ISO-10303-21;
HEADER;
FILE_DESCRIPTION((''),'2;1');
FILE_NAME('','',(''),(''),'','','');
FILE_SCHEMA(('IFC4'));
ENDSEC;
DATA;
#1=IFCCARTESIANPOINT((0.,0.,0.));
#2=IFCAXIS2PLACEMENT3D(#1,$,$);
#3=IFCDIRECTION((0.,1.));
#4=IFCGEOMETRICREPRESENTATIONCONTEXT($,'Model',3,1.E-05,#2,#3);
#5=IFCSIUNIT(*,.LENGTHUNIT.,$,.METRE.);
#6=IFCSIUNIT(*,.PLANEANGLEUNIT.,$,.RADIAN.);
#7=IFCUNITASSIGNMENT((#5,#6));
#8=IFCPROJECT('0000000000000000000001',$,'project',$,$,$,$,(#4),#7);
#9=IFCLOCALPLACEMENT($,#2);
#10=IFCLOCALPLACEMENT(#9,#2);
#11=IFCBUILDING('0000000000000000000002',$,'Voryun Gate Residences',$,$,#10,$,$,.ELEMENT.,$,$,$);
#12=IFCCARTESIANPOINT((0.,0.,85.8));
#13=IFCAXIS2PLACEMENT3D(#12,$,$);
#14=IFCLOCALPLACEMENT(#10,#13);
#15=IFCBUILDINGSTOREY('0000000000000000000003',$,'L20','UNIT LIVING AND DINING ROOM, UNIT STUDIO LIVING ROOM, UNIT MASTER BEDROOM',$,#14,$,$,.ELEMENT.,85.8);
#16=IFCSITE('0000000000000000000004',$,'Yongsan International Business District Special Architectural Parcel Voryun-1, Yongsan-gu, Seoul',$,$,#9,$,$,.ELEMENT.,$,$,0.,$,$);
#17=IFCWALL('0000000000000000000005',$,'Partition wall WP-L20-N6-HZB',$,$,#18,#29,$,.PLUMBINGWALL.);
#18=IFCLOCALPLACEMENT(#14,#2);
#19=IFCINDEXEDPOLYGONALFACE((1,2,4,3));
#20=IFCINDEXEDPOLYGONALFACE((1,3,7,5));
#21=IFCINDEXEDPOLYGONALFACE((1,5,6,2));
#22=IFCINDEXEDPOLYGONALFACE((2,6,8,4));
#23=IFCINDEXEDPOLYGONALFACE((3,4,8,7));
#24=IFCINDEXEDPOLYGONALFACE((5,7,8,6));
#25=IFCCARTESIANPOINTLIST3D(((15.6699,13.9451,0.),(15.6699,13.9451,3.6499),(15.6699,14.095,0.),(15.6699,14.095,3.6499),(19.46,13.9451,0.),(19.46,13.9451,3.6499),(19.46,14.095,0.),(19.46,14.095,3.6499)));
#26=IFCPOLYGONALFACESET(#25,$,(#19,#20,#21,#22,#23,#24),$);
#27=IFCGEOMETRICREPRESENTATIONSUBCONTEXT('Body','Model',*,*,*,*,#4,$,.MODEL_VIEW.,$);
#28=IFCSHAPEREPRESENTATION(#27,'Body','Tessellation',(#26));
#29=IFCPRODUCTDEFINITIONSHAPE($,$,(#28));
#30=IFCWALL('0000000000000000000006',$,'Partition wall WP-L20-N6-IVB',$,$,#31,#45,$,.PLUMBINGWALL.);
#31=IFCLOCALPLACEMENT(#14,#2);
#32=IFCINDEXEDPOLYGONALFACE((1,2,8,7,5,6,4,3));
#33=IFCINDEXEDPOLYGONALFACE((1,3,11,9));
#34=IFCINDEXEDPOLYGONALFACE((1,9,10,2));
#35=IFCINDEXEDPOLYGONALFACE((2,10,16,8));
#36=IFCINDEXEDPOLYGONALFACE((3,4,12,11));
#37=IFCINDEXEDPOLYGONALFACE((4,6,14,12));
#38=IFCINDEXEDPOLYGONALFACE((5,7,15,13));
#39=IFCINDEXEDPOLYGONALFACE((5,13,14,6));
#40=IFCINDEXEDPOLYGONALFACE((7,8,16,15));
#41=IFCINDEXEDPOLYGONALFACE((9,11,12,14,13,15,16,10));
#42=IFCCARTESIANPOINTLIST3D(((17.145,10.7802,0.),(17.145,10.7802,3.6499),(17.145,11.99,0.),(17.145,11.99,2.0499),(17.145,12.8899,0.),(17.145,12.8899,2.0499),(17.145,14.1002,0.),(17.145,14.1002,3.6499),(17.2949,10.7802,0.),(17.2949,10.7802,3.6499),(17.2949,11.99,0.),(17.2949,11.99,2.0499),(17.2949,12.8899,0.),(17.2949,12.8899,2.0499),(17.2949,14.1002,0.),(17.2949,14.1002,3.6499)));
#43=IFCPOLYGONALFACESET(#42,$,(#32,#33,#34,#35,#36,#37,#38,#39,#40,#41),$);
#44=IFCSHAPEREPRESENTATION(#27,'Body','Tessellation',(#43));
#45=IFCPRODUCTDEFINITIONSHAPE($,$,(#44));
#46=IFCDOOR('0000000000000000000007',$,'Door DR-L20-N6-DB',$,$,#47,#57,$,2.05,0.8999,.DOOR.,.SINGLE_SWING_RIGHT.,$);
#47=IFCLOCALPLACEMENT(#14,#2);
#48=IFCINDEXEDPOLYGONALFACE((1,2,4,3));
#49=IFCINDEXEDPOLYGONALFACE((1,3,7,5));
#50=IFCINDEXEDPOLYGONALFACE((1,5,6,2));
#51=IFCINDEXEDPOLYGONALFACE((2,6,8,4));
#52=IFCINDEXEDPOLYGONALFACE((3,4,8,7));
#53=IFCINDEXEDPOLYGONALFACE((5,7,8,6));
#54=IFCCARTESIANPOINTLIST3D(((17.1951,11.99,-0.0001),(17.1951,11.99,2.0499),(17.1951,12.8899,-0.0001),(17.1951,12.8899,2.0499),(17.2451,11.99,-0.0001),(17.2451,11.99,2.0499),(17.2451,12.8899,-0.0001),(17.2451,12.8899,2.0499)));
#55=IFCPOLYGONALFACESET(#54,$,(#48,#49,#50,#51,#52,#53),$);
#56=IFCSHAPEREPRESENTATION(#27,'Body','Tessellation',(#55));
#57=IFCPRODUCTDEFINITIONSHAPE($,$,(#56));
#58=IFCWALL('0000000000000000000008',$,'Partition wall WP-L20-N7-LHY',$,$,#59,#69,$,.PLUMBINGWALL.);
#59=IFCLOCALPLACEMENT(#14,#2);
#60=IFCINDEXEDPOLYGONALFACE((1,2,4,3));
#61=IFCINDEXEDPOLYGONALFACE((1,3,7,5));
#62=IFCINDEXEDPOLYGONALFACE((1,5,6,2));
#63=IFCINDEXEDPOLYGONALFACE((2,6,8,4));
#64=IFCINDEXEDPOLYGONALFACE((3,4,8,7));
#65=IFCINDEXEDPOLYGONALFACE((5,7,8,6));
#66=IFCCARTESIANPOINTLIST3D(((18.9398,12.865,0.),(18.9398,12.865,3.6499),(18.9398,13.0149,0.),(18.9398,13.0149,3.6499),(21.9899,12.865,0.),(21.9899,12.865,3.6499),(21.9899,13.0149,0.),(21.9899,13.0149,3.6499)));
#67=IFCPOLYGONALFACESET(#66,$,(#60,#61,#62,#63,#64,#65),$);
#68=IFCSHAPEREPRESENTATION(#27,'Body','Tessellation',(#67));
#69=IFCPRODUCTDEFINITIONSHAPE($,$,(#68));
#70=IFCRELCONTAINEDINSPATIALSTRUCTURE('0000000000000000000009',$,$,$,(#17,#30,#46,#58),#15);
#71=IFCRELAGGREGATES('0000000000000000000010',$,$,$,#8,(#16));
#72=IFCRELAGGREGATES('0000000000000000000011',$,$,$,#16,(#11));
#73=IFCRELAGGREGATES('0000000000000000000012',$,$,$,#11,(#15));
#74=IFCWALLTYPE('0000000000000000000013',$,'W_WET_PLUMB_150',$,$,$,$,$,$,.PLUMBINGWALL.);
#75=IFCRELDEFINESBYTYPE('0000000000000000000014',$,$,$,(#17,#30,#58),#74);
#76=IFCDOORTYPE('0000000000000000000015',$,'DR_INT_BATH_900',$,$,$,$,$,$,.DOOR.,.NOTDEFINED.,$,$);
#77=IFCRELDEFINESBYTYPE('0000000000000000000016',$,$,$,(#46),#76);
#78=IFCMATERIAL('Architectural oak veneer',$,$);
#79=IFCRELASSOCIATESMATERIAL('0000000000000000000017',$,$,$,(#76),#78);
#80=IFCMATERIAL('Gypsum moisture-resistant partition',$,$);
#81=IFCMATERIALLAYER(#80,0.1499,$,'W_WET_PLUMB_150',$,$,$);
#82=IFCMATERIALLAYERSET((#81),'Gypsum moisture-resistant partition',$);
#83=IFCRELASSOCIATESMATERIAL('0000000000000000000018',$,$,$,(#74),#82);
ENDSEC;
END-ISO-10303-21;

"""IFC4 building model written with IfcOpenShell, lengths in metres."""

from ifc_helpers import new_model, si_unit, direction, frame, frame_2d, origin, place, context, subcontext, project, spatial, rectangle, extrude, material, layer, layer_set, type_object, element, fill, save


model = new_model("IFC4")

# Units and contexts
model_context = context("Model", 3, precision=1e-05, world=origin(), true_north=direction((0.0, 1.0)))
body_context = subcontext(model_context, "Body", "Model", "MODEL_VIEW")
ifc_project = project(units=[si_unit("LENGTHUNIT", "METRE"), si_unit("PLANEANGLEUNIT", "RADIAN")], contexts=[model_context])

# Site, building, storey
site_placement = place(None, origin())
site = spatial("IfcSite", under=ifc_project, at=site_placement, Name="Yongsan International Business District Special Architectural Parcel Voryun-1, Yongsan-gu, Seoul", CompositionType="ELEMENT", RefElevation=0.0)
building_placement = place(site_placement, origin())
building = spatial("IfcBuilding", under=site, at=building_placement, Name="Voryun Gate Residences", CompositionType="ELEMENT")
storey_placement = place(building_placement, frame((0.0, 0.0, 85.8)))
storey = spatial("IfcBuildingStorey", under=building, at=storey_placement, Name="L20", Description="UNIT LIVING AND DINING ROOM, UNIT STUDIO LIVING ROOM, UNIT MASTER BEDROOM", CompositionType="ELEMENT", Elevation=85.8)

# Shared definitions
ifc_material_1 = material(Name="Architectural oak veneer")
door_type = type_object("IfcDoorType", Name="DR_INT_BATH_900", OperationType="NOTDEFINED", PredefinedType="DOOR", material=ifc_material_1)

# Wall
ifc_material_2 = material(Name="Gypsum moisture-resistant partition")
ifc_layer_1 = layer(ifc_material_2, 0.1499, Name="W_WET_PLUMB_150")
ifc_layer_set_1 = layer_set([ifc_layer_1], Name="Gypsum moisture-resistant partition")
wall_type_1 = type_object("IfcWallType", Name="W_WET_PLUMB_150", PredefinedType="PLUMBINGWALL", material=ifc_layer_set_1)
wall_1_placement = place(storey_placement, frame((15.6699, 14.02, 0.0), z_axis=(0.0, 0.0, 1.0), x_axis=(1.0, 0.0, 0.0)))
element("IfcWall", 1, at=wall_1_placement, inside=storey, type_object=wall_type_1, Name="Partition wall WP-L20-N6-HZB", PredefinedType="PLUMBINGWALL", context=body_context, shape_type="SweptSolid", body=[
    extrude(rectangle(XDim=3.79, YDim=0.1499, at=frame_2d((1.895, 0.0))), origin(), (0.0, 0.0, 1.0), 3.6499),
])

# Wall, opening, door
wall_2_placement = place(storey_placement, frame((17.22, 10.78, 0.0), z_axis=(0.0, 0.0, 1.0), x_axis=(0.0, 1.0, 0.0)))
wall_2 = element("IfcWall", 2, at=wall_2_placement, inside=storey, type_object=wall_type_1, Name="Partition wall WP-L20-N6-IVB", PredefinedType="PLUMBINGWALL", context=body_context, shape_type="SweptSolid", body=[
    extrude(rectangle(XDim=3.3201, YDim=0.1499, at=frame_2d((1.6602, 0.0))), origin(), (0.0, 0.0, 1.0), 3.6499),
])
opening_1_placement = place(wall_2_placement, frame((1.21, 0.0, 0.0)))
opening_1 = element("IfcOpeningElement", 3, at=opening_1_placement, cuts=wall_2, PredefinedType="OPENING", context=body_context, shape_type="SweptSolid", body=[
    extrude(rectangle(XDim=0.8999, YDim=2.05, at=frame_2d((0.45, 1.0249))), frame((0.0, 0.085, 0.0), z_axis=(0.0, -1.0, 0.0), x_axis=(1.0, 0.0, 0.0)), (0.0, 0.0, 1.0), 0.1699),
])
door_1_placement = place(opening_1_placement, origin())
door_1 = element("IfcDoor", 4, at=door_1_placement, inside=storey, type_object=door_type, Name="Door DR-L20-N6-DB", OperationType="SINGLE_SWING_RIGHT", OverallHeight=2.05, OverallWidth=0.8999, PredefinedType="DOOR", context=body_context, shape_type="SweptSolid", body=[
    extrude(rectangle(XDim=0.8999, YDim=2.05, at=frame_2d((0.45, 1.0249))), frame((0.0, 0.0249, 0.0), z_axis=(0.0, -1.0, 0.0), x_axis=(1.0, 0.0, 0.0)), (0.0, 0.0, 1.0), 0.05),
])
fill(opening_1, door_1)

# Wall
wall_3_placement = place(storey_placement, frame((18.9399, 12.9399, 0.0), z_axis=(0.0, 0.0, 1.0), x_axis=(1.0, 0.0, 0.0)))
element("IfcWall", 5, at=wall_3_placement, inside=storey, type_object=wall_type_1, Name="Partition wall WP-L20-N7-LHY", PredefinedType="PLUMBINGWALL", context=body_context, shape_type="SweptSolid", body=[
    extrude(rectangle(XDim=3.05, YDim=0.1499, at=frame_2d((1.5249, 0.0))), origin(), (0.0, 0.0, 1.0), 3.6499),
])

save(model, "model.ifc")
